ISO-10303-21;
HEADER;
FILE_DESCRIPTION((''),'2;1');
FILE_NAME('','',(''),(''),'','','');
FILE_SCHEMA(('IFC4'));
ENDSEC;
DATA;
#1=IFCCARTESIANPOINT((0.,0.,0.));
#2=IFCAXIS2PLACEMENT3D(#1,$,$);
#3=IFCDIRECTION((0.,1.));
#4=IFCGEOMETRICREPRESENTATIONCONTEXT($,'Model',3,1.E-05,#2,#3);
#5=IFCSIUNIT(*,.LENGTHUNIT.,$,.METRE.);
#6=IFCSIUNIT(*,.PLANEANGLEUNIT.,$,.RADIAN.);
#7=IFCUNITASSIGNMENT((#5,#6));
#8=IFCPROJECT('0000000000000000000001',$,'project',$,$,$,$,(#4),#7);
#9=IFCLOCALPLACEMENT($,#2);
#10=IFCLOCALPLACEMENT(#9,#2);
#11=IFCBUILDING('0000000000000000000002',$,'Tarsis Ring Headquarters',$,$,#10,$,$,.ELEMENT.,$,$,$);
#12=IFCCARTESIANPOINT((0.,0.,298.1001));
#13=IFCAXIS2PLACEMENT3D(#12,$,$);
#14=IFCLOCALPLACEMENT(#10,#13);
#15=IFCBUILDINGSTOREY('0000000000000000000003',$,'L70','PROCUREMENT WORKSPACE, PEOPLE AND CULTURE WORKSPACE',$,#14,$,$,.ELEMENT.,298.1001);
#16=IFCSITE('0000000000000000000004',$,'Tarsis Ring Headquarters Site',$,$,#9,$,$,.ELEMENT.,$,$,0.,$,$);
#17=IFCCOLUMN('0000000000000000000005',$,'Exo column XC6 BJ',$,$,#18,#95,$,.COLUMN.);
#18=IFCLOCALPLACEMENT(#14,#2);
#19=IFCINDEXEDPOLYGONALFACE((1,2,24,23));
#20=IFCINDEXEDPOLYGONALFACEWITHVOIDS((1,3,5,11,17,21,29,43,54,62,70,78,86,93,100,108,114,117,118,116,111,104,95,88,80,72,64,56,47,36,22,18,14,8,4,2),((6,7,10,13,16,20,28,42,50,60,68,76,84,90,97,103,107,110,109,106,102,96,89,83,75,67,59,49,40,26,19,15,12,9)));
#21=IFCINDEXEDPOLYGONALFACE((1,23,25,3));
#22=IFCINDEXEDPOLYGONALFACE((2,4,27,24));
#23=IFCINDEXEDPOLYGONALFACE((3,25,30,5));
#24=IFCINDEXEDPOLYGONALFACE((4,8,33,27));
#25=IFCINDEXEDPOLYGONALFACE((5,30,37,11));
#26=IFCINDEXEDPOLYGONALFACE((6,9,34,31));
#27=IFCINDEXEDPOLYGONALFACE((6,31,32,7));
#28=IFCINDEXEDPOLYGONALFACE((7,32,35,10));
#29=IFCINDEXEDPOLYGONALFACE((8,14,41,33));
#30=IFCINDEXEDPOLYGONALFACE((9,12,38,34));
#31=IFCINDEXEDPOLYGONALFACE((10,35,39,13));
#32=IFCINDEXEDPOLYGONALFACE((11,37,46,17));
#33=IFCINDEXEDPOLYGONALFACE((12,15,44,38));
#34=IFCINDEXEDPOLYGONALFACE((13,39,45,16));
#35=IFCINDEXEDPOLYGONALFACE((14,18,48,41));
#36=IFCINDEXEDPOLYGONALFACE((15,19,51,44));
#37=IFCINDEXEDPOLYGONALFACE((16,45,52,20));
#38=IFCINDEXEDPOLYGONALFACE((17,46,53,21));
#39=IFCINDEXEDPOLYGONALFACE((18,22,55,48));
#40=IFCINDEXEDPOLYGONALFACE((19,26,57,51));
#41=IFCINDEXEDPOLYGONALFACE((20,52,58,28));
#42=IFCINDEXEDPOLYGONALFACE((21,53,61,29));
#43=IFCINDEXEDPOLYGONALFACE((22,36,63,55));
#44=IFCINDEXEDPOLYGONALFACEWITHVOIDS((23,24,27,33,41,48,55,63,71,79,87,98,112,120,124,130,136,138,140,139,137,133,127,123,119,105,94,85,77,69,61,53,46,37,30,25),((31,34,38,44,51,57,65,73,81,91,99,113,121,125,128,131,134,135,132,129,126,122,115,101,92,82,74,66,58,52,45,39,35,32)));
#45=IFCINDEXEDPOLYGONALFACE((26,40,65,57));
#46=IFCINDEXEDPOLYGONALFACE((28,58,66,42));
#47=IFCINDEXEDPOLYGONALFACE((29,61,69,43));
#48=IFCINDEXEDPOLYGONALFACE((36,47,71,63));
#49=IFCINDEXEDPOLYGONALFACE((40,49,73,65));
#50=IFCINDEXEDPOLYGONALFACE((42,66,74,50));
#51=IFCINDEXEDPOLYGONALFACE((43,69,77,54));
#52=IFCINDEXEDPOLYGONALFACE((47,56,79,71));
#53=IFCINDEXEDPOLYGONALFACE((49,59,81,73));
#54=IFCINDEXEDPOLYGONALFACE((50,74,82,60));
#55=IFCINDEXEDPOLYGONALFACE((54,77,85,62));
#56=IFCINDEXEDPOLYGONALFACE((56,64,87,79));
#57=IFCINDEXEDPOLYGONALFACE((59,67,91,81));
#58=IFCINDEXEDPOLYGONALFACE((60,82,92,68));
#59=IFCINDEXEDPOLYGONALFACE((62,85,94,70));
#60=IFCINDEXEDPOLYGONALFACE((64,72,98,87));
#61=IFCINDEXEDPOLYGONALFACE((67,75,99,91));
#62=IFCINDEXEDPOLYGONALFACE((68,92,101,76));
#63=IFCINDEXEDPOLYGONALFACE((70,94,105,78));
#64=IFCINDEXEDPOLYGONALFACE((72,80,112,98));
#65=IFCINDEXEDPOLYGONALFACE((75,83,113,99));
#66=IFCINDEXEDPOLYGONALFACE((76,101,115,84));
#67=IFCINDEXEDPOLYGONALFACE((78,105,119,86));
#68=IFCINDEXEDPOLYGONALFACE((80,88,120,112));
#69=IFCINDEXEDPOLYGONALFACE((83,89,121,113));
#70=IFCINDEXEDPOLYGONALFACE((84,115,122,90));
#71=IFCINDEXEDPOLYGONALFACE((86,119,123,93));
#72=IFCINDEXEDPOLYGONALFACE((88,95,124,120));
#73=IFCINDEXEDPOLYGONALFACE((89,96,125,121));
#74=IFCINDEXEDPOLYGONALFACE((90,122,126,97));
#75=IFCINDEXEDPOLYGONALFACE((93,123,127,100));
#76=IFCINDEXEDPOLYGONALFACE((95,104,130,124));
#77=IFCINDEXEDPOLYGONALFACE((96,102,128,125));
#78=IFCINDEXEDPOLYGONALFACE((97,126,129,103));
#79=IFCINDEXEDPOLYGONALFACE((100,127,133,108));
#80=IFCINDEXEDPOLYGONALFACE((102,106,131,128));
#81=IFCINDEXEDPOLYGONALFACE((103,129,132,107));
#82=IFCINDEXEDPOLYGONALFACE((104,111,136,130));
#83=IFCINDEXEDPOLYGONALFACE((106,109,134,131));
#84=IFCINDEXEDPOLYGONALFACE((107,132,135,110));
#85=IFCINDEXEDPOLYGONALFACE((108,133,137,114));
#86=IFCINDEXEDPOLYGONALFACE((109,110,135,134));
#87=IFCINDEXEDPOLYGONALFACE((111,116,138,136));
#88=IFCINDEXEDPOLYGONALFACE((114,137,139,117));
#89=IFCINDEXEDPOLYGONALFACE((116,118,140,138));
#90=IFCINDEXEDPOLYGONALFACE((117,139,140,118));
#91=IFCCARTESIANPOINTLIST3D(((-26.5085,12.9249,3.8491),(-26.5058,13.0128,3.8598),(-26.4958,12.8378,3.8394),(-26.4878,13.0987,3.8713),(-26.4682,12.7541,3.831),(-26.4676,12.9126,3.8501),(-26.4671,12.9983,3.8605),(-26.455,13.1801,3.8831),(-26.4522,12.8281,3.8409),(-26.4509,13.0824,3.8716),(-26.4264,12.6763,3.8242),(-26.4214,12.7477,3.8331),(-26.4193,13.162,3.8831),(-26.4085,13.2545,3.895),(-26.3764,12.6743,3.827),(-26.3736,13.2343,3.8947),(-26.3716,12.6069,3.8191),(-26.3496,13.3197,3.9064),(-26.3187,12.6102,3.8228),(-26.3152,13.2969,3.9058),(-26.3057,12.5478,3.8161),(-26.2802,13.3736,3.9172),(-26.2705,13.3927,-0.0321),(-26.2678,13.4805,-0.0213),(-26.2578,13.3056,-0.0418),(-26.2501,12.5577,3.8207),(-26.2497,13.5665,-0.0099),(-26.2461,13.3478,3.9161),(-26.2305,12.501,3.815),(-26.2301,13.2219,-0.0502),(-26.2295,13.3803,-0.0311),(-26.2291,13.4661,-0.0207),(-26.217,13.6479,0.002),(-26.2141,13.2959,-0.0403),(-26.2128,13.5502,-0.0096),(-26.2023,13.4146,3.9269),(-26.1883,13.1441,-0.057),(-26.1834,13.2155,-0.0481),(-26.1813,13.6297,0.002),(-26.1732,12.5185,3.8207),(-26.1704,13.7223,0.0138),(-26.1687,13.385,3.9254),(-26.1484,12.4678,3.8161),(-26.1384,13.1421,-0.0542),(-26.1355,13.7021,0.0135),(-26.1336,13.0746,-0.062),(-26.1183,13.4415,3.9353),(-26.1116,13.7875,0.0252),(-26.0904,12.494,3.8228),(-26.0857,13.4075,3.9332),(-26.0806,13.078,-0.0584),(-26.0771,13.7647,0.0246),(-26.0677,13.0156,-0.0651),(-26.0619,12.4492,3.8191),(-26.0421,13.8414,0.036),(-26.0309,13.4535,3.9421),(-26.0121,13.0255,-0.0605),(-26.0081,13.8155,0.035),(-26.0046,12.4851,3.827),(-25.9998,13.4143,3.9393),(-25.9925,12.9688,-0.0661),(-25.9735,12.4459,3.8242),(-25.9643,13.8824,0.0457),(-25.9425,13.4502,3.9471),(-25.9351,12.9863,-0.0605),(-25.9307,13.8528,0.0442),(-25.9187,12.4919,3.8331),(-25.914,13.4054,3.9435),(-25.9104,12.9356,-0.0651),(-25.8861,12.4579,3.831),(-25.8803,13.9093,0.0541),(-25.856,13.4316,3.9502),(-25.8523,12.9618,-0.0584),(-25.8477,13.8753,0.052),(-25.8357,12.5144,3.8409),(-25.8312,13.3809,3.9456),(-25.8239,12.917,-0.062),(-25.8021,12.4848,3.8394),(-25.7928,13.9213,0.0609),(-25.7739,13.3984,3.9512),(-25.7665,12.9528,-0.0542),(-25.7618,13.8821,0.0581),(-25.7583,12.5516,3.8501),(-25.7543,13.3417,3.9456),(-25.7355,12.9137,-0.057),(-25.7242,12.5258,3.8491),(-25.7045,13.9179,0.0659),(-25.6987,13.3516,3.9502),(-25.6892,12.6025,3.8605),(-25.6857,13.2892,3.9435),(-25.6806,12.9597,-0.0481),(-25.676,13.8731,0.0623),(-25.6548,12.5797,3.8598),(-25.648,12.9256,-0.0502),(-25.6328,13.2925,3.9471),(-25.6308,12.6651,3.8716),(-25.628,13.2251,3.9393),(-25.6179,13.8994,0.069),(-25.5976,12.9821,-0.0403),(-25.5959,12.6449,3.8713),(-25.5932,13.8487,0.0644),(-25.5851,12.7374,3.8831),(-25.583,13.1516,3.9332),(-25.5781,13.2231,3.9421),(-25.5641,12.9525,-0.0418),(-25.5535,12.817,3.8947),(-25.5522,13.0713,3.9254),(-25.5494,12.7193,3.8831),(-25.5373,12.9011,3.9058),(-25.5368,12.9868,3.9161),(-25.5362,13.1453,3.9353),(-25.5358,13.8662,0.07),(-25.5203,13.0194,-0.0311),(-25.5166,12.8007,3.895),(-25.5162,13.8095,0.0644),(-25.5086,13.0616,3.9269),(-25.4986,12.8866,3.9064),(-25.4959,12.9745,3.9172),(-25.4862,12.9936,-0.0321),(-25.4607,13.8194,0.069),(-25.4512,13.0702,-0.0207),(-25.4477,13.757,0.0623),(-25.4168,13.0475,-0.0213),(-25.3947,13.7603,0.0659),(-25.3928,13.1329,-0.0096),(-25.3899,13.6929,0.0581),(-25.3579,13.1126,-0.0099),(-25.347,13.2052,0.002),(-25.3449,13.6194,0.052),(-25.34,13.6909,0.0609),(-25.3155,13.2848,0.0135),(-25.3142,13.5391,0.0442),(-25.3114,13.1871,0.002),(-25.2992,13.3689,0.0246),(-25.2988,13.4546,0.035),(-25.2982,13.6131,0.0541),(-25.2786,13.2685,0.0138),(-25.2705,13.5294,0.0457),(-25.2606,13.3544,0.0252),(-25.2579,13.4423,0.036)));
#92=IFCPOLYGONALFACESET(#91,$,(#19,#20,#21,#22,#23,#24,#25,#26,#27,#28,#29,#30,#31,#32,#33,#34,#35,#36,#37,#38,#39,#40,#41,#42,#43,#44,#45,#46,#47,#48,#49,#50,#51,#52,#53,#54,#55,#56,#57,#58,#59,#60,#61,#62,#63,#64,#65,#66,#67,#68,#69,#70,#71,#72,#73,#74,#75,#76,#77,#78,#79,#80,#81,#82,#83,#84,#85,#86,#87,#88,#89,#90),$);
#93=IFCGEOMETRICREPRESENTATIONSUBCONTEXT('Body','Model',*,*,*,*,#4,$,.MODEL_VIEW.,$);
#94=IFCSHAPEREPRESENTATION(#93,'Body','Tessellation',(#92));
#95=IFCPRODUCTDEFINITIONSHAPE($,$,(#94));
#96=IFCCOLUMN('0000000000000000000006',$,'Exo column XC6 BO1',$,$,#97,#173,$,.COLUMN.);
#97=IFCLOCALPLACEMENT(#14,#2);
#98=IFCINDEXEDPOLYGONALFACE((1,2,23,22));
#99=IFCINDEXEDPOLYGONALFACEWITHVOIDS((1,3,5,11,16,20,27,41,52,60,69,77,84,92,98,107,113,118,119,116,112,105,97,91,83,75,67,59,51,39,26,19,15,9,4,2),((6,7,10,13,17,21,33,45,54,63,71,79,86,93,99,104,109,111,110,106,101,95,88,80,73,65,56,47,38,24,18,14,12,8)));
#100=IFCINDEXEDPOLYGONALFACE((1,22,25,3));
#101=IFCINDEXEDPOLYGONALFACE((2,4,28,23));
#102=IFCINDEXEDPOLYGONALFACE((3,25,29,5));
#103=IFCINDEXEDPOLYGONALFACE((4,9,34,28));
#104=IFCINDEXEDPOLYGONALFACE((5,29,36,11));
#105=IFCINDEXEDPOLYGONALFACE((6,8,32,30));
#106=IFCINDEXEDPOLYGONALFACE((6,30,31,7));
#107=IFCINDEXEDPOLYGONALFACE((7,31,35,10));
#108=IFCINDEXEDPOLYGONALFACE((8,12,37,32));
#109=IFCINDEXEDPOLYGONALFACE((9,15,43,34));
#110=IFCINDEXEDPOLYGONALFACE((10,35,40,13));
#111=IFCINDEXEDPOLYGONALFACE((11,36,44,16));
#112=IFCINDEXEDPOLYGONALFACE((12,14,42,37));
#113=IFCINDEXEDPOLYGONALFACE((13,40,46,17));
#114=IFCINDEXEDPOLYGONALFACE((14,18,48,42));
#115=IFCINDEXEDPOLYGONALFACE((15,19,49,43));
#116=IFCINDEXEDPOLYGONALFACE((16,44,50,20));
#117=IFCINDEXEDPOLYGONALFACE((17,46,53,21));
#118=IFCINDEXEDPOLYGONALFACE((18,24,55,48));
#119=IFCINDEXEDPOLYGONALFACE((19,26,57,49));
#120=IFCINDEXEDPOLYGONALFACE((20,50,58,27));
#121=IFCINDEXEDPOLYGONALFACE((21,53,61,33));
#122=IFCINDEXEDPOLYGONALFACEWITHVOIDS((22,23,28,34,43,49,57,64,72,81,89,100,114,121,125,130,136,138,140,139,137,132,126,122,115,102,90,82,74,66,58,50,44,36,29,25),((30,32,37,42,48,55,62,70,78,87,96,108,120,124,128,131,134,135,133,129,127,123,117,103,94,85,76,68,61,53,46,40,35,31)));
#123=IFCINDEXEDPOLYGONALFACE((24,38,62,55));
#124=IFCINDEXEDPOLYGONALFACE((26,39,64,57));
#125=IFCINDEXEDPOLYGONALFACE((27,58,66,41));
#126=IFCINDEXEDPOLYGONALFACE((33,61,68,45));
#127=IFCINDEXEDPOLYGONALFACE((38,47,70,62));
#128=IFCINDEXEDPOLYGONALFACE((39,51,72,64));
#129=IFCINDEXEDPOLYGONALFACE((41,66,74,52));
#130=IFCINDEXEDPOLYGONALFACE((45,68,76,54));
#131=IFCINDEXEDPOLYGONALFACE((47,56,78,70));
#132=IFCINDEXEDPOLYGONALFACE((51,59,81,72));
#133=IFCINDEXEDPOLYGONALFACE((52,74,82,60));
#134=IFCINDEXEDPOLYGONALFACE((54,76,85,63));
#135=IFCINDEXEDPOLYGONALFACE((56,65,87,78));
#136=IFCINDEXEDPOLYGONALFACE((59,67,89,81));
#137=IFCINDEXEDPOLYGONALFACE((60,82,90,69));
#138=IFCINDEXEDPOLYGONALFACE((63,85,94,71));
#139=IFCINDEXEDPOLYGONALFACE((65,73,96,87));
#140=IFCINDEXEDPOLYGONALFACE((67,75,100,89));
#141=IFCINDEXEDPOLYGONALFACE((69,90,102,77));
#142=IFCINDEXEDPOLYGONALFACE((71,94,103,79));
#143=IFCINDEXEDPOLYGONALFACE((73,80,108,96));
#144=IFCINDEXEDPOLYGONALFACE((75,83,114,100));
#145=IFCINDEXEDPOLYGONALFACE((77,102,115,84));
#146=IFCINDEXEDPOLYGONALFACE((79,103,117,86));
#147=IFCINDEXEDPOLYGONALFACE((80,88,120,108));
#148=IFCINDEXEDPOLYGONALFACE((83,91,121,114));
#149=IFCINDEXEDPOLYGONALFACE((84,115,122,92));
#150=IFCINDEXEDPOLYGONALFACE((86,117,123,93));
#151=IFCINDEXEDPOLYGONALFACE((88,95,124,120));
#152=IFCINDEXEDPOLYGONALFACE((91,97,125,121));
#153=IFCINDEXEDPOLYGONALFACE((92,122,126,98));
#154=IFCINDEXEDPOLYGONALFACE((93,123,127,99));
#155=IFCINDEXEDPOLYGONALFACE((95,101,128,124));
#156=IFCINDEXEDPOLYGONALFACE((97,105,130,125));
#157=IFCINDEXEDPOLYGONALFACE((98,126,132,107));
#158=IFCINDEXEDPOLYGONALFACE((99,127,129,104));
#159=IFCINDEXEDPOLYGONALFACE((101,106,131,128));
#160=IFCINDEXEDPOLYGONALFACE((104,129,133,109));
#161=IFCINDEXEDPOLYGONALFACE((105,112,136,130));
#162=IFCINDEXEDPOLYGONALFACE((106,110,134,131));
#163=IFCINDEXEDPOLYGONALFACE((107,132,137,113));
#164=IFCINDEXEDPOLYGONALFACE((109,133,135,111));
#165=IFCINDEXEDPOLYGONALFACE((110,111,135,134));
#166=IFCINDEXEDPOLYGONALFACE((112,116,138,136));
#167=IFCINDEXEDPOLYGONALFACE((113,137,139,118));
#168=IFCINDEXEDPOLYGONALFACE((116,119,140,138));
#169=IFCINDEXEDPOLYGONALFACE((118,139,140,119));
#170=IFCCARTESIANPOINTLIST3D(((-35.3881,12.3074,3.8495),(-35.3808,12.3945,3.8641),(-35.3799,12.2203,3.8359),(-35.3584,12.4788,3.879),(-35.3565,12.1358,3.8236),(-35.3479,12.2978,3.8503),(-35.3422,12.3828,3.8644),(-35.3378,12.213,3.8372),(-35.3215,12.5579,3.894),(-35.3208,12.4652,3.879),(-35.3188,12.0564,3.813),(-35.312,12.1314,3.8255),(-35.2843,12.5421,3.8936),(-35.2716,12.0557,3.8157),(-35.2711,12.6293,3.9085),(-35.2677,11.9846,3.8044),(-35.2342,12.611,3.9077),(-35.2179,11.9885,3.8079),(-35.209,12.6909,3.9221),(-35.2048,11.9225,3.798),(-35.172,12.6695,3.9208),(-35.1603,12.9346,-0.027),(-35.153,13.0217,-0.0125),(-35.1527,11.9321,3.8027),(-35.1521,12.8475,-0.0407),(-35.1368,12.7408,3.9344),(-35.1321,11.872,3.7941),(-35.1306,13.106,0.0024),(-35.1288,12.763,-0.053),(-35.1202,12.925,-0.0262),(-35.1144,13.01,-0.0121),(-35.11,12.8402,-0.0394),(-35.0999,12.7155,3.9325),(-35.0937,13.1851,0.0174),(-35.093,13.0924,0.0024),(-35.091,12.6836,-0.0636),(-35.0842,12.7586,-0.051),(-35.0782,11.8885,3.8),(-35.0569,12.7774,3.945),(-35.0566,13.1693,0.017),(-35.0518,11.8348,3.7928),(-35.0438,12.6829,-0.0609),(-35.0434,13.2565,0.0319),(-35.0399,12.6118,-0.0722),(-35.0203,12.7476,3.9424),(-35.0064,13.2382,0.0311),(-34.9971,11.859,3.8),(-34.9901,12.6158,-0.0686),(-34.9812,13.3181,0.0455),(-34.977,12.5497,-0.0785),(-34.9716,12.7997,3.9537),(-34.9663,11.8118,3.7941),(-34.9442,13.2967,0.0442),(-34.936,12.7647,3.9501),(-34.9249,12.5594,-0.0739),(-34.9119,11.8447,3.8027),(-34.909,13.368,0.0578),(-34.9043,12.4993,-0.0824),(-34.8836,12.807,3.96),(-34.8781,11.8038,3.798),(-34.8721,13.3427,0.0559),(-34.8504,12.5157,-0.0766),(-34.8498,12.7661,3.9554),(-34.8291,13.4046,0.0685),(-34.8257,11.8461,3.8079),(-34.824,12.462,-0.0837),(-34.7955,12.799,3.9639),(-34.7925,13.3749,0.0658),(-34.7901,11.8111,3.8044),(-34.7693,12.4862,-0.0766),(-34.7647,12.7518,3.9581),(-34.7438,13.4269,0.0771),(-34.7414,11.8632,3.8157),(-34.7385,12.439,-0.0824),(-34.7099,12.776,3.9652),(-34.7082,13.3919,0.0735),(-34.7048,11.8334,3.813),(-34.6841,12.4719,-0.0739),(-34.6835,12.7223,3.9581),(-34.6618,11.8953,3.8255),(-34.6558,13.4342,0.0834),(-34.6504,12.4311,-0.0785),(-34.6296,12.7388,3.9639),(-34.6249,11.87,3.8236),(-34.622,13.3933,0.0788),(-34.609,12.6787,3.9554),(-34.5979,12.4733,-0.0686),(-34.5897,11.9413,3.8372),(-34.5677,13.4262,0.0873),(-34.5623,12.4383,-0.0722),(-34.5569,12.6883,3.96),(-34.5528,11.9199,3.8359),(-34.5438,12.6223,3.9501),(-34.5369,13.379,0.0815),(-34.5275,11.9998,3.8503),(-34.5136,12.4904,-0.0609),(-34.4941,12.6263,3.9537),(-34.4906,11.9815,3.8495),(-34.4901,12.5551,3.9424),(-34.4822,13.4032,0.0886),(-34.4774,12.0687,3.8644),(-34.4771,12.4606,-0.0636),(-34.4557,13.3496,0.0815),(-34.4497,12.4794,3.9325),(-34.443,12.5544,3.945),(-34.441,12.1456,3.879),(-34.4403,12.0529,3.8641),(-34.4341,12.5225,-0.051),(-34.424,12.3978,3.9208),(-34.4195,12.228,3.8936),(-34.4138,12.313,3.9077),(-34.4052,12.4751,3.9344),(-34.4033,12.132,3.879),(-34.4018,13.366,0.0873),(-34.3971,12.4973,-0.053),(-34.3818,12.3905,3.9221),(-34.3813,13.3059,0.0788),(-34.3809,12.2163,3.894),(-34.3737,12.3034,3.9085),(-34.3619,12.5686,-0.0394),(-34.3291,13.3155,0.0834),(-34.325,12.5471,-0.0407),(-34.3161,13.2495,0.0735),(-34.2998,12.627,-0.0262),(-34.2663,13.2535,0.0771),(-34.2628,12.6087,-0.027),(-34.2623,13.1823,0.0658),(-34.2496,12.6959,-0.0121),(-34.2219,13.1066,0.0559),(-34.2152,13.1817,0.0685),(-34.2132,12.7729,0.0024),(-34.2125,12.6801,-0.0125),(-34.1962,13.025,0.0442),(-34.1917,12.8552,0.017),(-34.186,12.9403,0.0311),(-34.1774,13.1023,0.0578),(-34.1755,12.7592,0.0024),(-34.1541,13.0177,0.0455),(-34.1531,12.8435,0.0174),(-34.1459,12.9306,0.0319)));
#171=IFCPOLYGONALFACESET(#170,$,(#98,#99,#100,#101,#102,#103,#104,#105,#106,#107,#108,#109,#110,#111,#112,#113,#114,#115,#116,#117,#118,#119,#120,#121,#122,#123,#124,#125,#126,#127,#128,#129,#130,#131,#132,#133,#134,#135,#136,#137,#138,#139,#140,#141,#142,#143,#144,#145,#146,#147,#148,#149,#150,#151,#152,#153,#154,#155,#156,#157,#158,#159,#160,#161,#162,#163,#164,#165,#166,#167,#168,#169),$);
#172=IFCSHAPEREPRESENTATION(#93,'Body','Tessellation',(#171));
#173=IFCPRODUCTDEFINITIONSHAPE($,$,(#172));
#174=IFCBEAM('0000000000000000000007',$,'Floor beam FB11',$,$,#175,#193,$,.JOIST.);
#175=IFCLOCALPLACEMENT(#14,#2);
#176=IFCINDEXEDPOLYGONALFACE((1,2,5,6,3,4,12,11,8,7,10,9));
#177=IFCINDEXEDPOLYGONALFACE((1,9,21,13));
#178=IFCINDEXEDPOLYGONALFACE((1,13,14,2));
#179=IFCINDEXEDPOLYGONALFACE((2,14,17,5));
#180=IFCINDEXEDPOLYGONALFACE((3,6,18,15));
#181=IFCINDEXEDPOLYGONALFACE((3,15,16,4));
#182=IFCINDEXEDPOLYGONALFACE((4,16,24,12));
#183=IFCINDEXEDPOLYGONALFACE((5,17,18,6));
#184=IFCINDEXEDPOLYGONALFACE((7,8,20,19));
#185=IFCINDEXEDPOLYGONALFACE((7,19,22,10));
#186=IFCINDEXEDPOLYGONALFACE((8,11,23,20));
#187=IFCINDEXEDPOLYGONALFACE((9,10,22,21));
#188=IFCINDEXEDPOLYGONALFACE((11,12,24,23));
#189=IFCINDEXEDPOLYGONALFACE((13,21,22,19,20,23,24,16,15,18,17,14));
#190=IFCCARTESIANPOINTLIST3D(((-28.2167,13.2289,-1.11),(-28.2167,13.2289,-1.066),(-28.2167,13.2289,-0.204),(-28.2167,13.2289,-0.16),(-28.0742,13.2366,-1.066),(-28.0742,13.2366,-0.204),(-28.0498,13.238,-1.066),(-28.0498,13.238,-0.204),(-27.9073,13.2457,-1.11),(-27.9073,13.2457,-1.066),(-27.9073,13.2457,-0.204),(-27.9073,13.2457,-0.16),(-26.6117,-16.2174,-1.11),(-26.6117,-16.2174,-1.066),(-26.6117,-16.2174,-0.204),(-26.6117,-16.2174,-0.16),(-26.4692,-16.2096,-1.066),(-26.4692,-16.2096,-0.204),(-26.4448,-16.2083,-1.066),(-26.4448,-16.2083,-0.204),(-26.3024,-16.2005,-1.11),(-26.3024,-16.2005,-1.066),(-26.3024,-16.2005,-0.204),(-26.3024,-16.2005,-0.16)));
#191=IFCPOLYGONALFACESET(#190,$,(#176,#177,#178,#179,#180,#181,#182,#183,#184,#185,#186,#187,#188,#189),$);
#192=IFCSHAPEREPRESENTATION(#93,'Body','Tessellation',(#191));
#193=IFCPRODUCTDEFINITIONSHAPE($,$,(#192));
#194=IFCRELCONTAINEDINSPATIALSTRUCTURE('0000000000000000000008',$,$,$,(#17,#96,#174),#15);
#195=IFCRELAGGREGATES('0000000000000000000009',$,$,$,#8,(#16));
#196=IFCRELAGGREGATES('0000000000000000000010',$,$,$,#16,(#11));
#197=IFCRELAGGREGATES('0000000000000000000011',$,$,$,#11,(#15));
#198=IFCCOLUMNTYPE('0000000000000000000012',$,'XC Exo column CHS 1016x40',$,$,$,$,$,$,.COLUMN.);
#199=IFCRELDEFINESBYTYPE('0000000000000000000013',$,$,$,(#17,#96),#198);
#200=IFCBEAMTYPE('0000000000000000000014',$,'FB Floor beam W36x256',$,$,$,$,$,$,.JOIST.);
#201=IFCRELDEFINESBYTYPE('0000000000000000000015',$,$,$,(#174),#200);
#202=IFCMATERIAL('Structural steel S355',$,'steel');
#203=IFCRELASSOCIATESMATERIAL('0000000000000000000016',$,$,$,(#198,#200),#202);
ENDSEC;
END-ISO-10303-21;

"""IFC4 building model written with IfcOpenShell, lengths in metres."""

from ifc_helpers import new_model, si_unit, direction, frame, origin, origin_2d, place, context, subcontext, project, spatial, hollow_circle, i_section, extrude, material, material_profile, profile_set, type_object, element, save


model = new_model("IFC4")

# Units and contexts
model_context = context("Model", 3, precision=1e-05, world=origin(), true_north=direction((0.0, 1.0)))
body_context = subcontext(model_context, "Body", "Model", "MODEL_VIEW")
ifc_project = project(units=[si_unit("LENGTHUNIT", "METRE"), si_unit("PLANEANGLEUNIT", "RADIAN")], contexts=[model_context])

# Site, building, storey
site_placement = place(None, origin())
site = spatial("IfcSite", under=ifc_project, at=site_placement, Name="Tarsis Ring Headquarters Site", CompositionType="ELEMENT", RefElevation=0.0)
building_placement = place(site_placement, origin())
building = spatial("IfcBuilding", under=site, at=building_placement, Name="Tarsis Ring Headquarters", CompositionType="ELEMENT")
storey_placement = place(building_placement, frame((0.0, 0.0, 298.1001)))
storey = spatial("IfcBuildingStorey", under=building, at=storey_placement, Name="L70", Description="PROCUREMENT WORKSPACE, PEOPLE AND CULTURE WORKSPACE", CompositionType="ELEMENT", Elevation=298.1001)

# Columns
ifc_material_1 = material(Name="Structural steel S355", Category="steel")
ifc_material_profile_1 = material_profile(ifc_material_1, hollow_circle(Radius=0.5081, WallThickness=0.04, at=origin_2d()), Name="CHS 1016x40")
ifc_profile_set_1 = profile_set([ifc_material_profile_1], Name="Structural steel S355")
column_type = type_object("IfcColumnType", Name="XC Exo column CHS 1016x40", PredefinedType="COLUMN", material=ifc_profile_set_1)
column_1_placement = place(storey_placement, frame((-25.7642, 13.4175, 0.002), z_axis=(-0.060779, -0.119439, 0.990979), x_axis=(0.891242, -0.453529, 0.0)))
element("IfcColumn", 1, at=column_1_placement, inside=storey, type_object=column_type, Name="Exo column XC6 BJ", PredefinedType="COLUMN", context=body_context, shape_type="SweptSolid", body=[
    extrude(hollow_circle(Radius=0.5081, WallThickness=0.04, at=origin_2d()), origin(), (0.0, 0.0, 1.0), 3.9165),
])
column_2_placement = place(storey_placement, frame((-34.6531, 12.9326, 0.0024), z_axis=(-0.057909, -0.159451, 0.985506), x_axis=(0.939932, -0.341361, 0.0)))
element("IfcColumn", 2, at=column_2_placement, inside=storey, type_object=column_type, Name="Exo column XC6 BO1", PredefinedType="COLUMN", context=body_context, shape_type="SweptSolid", body=[
    extrude(hollow_circle(Radius=0.5081, WallThickness=0.04, at=origin_2d()), origin(), (0.0, 0.0, 1.0), 3.9336),
])

# Beam
ifc_material_profile_2 = material_profile(ifc_material_1, i_section(OverallWidth=0.3098, OverallDepth=0.95, WebThickness=0.0244, FlangeThickness=0.0439, at=origin_2d()), Name="W36x256")
ifc_profile_set_2 = profile_set([ifc_material_profile_2], Name="Structural steel S355")
beam_type_1 = type_object("IfcBeamType", Name="FB Floor beam W36x256", PredefinedType="JOIST", material=ifc_profile_set_2)
beam_1_placement = place(storey_placement, frame((-28.062, 13.2373, -0.635), z_axis=(0.054425, -0.998518, 0.0), x_axis=(0.998518, 0.054425, 0.0)))
element("IfcBeam", 3, at=beam_1_placement, inside=storey, type_object=beam_type_1, Name="Floor beam FB11", PredefinedType="JOIST", context=body_context, shape_type="SweptSolid", body=[
    extrude(i_section(OverallWidth=0.3098, OverallDepth=0.95, WebThickness=0.0244, FlangeThickness=0.0439, at=origin_2d()), origin(), (0.0, 0.0, 1.0), 29.49),
])

save(model, "model.ifc")
